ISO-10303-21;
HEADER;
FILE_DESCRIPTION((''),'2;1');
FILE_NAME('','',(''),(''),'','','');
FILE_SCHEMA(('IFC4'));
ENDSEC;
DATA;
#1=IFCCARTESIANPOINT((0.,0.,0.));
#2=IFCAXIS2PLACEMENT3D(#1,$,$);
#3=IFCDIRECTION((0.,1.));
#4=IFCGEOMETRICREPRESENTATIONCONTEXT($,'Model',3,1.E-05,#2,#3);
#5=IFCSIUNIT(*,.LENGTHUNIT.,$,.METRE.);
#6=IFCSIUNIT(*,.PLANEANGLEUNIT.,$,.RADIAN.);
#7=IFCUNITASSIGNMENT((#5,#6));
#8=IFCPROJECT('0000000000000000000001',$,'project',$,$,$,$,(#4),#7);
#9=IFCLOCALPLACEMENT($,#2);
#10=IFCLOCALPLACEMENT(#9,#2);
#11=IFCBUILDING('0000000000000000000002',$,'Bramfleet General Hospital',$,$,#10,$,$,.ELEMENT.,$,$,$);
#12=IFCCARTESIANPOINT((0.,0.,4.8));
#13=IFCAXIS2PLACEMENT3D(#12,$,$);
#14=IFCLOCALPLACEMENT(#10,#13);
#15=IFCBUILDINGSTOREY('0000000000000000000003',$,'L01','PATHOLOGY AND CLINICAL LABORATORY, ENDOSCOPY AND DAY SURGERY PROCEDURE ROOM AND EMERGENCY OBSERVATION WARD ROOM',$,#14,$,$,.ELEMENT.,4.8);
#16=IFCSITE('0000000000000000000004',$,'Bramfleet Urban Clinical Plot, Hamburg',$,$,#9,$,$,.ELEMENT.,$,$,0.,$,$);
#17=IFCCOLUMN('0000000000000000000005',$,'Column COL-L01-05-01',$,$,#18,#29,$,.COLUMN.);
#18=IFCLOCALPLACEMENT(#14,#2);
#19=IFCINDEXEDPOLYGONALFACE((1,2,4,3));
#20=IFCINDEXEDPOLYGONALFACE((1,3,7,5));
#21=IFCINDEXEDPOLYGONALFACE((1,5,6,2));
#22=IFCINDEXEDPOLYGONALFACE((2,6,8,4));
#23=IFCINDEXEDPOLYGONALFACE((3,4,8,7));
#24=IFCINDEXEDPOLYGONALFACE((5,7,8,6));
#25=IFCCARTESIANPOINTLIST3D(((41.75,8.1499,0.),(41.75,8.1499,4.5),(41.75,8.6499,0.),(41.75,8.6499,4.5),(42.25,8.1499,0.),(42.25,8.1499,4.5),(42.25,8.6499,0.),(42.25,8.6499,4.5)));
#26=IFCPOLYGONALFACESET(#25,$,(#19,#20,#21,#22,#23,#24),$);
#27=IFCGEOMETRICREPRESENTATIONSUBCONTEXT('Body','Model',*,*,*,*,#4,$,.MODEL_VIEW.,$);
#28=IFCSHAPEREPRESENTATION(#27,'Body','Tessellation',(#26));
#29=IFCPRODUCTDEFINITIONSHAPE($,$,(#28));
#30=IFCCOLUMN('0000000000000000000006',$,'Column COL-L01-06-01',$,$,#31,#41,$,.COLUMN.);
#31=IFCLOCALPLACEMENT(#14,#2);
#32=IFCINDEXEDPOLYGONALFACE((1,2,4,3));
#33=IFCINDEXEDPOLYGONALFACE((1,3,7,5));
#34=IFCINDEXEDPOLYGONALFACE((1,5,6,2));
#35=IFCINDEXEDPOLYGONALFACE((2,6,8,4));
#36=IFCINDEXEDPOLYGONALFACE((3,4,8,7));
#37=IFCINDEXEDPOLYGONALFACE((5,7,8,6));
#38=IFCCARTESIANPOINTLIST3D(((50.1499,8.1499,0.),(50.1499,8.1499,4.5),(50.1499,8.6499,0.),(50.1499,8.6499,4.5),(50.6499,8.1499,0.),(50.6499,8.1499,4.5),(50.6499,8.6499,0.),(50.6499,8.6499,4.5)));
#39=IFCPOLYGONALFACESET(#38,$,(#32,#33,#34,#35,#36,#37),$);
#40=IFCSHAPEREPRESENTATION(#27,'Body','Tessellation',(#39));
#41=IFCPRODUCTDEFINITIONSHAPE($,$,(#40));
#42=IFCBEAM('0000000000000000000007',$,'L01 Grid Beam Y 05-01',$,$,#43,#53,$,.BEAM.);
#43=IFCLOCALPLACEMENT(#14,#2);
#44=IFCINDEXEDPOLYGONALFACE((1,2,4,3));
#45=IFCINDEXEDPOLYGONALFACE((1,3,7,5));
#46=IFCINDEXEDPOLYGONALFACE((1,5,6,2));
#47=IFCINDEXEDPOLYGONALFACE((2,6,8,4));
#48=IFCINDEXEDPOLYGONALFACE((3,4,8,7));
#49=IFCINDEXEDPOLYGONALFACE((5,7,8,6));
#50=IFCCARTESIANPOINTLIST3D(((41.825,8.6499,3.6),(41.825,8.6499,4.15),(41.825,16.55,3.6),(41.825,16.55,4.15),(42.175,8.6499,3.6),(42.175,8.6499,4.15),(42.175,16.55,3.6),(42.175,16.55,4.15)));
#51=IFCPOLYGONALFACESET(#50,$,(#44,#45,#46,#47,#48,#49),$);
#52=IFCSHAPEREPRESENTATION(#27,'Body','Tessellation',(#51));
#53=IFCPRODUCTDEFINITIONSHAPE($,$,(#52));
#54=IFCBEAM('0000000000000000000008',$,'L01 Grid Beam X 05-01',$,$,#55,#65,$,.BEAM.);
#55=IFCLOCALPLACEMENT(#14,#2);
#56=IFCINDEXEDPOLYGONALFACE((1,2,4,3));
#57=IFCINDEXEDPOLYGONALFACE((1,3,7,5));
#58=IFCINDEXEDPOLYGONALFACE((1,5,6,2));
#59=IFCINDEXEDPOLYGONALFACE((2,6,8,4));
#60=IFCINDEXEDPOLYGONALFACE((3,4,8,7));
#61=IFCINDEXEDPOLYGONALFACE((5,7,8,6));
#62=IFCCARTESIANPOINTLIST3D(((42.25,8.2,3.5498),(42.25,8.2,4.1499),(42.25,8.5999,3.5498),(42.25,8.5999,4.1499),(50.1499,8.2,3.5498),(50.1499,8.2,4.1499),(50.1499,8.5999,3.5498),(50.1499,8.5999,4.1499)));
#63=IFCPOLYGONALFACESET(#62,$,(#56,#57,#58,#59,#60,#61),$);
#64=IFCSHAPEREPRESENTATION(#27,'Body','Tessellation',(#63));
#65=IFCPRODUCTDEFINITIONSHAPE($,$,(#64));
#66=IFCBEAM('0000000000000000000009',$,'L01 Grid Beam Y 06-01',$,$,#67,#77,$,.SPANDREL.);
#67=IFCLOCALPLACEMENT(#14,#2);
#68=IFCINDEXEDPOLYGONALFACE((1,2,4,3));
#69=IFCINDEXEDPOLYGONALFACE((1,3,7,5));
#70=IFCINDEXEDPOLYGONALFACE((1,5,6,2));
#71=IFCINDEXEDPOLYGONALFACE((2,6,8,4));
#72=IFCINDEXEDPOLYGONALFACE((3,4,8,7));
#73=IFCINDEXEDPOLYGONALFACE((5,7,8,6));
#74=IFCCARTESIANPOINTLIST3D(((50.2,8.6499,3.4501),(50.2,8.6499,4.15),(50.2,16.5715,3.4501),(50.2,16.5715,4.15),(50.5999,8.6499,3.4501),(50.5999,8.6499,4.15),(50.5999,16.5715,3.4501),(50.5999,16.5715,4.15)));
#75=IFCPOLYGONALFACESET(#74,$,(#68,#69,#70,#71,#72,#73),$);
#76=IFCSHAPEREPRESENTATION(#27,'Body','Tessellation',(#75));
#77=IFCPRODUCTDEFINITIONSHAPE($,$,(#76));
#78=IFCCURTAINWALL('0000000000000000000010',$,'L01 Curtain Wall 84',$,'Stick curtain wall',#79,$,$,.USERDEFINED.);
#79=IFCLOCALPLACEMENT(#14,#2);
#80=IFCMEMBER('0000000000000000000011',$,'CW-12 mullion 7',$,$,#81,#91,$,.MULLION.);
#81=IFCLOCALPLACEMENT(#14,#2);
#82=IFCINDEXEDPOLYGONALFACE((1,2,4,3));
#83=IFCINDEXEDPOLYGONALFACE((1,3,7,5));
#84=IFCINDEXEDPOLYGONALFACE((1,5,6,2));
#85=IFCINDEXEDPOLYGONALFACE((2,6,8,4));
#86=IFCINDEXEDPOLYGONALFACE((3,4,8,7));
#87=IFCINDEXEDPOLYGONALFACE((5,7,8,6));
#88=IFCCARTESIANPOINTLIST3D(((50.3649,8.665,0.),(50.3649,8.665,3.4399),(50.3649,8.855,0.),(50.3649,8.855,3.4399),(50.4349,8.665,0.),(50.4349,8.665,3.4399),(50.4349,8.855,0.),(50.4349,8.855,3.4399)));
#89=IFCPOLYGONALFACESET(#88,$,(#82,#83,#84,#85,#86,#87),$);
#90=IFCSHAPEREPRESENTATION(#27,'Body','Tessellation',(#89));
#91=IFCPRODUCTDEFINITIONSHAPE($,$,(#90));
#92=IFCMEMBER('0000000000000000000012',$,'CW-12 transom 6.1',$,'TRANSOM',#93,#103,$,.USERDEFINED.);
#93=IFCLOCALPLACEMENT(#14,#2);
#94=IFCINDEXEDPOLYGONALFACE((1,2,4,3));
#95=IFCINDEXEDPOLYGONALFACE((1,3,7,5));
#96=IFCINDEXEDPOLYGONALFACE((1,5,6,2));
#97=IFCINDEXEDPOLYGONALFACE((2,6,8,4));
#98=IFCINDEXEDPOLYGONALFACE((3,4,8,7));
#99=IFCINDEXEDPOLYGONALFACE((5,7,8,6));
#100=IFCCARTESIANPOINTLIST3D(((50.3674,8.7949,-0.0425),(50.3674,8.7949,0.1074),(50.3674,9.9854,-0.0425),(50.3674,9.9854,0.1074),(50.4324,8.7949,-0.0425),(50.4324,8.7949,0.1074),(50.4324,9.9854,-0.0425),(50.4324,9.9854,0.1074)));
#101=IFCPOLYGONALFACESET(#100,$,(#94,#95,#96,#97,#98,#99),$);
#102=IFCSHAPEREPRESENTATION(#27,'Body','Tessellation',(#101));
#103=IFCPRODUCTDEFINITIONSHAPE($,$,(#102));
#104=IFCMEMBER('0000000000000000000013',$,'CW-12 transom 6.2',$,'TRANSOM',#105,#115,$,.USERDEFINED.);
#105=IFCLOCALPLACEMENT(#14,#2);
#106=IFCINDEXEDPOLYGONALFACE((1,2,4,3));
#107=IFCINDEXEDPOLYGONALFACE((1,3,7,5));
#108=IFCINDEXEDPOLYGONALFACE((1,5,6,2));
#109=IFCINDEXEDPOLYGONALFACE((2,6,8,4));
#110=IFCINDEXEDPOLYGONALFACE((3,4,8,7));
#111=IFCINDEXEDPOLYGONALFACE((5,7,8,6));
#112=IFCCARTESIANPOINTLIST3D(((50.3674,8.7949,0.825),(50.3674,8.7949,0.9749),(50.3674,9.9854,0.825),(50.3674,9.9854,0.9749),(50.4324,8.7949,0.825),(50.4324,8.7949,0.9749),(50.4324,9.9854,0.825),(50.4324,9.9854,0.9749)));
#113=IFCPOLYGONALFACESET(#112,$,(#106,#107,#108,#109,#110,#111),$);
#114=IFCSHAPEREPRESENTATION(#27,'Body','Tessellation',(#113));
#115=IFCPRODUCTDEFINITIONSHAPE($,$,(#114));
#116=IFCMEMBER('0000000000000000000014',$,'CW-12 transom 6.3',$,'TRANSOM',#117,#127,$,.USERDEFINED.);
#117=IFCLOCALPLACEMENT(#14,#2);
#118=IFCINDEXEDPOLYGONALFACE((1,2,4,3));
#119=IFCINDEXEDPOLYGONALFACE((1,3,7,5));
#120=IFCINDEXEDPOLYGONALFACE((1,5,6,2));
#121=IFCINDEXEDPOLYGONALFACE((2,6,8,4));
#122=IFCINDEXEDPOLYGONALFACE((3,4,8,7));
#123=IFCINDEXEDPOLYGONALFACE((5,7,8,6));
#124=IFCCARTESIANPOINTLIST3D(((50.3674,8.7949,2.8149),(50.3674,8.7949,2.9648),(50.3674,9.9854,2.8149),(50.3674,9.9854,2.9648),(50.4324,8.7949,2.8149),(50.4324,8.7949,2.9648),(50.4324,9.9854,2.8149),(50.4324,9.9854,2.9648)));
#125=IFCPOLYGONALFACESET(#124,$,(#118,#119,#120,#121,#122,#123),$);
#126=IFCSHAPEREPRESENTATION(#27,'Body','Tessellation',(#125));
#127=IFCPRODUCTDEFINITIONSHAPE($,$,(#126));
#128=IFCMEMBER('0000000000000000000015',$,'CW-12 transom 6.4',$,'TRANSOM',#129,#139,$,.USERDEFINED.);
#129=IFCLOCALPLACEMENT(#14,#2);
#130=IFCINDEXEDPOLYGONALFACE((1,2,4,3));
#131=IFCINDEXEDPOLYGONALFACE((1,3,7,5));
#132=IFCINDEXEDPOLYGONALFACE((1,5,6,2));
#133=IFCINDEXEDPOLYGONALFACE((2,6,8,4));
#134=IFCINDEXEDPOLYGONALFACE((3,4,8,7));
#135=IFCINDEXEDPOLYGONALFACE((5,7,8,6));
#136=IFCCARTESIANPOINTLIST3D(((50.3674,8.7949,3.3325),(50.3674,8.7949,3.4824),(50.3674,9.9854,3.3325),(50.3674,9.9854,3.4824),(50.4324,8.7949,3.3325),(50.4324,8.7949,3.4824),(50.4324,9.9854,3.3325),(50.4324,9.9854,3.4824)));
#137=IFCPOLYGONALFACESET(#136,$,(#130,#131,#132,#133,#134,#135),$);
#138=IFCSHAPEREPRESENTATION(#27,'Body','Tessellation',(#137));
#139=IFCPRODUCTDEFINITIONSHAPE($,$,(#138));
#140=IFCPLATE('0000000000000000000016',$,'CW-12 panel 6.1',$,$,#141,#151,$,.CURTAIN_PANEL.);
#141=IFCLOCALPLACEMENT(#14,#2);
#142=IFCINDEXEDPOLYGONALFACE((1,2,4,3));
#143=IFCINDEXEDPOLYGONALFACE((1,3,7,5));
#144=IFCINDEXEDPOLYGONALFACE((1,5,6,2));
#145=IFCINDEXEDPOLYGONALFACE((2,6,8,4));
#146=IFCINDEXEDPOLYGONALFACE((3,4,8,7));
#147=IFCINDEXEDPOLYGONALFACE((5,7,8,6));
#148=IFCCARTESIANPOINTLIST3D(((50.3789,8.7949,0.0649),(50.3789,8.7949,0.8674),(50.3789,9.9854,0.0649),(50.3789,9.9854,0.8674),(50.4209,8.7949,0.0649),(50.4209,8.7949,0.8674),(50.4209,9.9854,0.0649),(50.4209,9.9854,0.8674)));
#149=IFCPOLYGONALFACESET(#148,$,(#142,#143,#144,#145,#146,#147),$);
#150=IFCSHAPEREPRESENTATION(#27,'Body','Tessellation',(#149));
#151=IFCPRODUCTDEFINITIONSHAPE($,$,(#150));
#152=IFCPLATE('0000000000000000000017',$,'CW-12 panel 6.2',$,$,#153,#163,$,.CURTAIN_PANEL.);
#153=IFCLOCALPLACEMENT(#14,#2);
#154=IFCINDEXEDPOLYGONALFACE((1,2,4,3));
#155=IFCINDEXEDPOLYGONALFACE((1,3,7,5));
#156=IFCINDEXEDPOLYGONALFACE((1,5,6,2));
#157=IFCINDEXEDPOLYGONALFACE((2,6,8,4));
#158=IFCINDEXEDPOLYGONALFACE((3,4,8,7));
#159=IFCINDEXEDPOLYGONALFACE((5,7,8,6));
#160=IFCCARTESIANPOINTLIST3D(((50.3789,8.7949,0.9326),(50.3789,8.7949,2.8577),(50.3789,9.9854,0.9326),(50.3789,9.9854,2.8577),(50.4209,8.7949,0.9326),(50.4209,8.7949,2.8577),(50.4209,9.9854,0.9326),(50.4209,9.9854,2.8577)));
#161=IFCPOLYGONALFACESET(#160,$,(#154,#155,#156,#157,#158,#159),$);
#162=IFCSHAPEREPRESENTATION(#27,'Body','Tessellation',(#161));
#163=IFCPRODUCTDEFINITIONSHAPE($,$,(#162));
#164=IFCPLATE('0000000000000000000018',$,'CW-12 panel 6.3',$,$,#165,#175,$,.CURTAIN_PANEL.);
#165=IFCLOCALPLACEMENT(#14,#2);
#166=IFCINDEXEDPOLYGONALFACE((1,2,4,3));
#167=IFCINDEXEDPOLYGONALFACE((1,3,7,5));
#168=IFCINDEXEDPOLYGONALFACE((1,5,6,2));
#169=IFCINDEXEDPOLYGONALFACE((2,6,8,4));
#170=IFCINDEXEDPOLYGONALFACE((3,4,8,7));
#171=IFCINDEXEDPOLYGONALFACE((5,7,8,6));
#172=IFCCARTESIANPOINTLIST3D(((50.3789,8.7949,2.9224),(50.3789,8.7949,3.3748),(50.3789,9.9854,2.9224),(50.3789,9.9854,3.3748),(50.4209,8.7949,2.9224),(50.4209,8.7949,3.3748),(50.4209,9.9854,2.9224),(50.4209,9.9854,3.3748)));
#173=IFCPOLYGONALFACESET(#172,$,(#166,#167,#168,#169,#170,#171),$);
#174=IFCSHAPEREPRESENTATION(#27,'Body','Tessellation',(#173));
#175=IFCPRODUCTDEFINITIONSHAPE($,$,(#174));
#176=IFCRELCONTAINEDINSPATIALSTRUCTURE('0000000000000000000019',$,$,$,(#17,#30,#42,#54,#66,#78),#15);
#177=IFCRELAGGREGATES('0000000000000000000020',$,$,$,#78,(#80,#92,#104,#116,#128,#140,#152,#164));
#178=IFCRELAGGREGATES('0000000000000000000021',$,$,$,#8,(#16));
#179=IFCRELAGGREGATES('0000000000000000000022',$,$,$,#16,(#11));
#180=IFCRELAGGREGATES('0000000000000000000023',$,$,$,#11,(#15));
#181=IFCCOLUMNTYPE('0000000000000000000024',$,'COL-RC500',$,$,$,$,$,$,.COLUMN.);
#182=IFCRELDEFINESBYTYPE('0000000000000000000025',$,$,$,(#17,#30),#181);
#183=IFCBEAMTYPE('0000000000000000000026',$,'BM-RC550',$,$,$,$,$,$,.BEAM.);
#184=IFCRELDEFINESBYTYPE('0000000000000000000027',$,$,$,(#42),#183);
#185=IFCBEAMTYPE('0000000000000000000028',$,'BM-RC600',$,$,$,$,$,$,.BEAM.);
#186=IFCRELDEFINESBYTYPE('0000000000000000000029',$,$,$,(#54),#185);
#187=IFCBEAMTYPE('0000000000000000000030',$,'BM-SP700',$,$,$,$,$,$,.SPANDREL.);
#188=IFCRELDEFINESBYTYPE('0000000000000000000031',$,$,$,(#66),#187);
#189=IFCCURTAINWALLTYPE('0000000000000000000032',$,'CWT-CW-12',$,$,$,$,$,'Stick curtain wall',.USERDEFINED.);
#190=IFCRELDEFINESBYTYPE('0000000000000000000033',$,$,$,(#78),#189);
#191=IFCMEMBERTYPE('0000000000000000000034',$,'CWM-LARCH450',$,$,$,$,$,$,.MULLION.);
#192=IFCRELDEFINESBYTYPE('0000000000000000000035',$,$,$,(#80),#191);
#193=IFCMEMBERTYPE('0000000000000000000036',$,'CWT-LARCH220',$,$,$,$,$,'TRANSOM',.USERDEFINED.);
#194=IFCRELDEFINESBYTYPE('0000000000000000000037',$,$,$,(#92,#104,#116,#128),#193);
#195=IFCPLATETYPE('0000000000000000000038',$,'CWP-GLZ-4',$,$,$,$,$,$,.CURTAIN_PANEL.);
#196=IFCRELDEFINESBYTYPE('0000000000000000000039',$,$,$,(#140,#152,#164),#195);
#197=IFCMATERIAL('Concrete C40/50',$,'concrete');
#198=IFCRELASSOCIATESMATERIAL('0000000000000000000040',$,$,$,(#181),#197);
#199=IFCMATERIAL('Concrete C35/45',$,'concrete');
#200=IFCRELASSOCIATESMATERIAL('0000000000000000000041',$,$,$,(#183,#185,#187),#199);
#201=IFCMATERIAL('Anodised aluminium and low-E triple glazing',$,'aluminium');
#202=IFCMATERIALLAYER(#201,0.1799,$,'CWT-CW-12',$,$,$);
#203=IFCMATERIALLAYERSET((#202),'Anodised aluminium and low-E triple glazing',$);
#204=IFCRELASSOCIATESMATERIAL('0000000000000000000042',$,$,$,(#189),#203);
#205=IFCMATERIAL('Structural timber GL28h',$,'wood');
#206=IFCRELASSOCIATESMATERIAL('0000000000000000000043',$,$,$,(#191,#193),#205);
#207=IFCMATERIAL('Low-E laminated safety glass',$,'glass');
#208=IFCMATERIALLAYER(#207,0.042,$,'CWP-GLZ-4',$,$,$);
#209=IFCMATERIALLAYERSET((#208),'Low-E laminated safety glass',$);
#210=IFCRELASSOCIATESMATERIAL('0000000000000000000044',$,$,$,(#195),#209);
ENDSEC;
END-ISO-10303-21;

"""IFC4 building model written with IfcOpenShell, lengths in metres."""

from ifc_helpers import new_model, si_unit, direction, frame, origin, origin_2d, place, context, subcontext, project, spatial, rectangle, extrude, material, layer, layer_set, material_profile, profile_set, type_object, element, aggregate, save


model = new_model("IFC4")

# Units and contexts
model_context = context("Model", 3, precision=1e-05, world=origin(), true_north=direction((0.0, 1.0)))
body_context = subcontext(model_context, "Body", "Model", "MODEL_VIEW")
ifc_project = project(units=[si_unit("LENGTHUNIT", "METRE"), si_unit("PLANEANGLEUNIT", "RADIAN")], contexts=[model_context])

# Site, building, storey
site_placement = place(None, origin())
site = spatial("IfcSite", under=ifc_project, at=site_placement, Name="Bramfleet Urban Clinical Plot, Hamburg", CompositionType="ELEMENT", RefElevation=0.0)
building_placement = place(site_placement, origin())
building = spatial("IfcBuilding", under=site, at=building_placement, Name="Bramfleet General Hospital", CompositionType="ELEMENT")
storey_placement = place(building_placement, frame((0.0, 0.0, 4.8)))
storey = spatial("IfcBuildingStorey", under=building, at=storey_placement, Name="L01", Description="PATHOLOGY AND CLINICAL LABORATORY, ENDOSCOPY AND DAY SURGERY PROCEDURE ROOM AND EMERGENCY OBSERVATION WARD ROOM", CompositionType="ELEMENT", Elevation=4.8)

# Columns
ifc_material_1 = material(Name="Concrete C40/50", Category="concrete")
ifc_material_profile_1 = material_profile(ifc_material_1, rectangle(XDim=0.5, YDim=0.5, at=origin_2d()), Name="RC COL 500x500")
ifc_profile_set_1 = profile_set([ifc_material_profile_1], Name="Concrete C40/50")
column_type = type_object("IfcColumnType", Name="COL-RC500", PredefinedType="COLUMN", material=ifc_profile_set_1)
for number, where, z_axis, x_axis, name in (
    (1, (42.0, 8.3999, 0.0), (0.0, 0.0, 1.0), (1.0, 0.0, 0.0), "Column COL-L01-05-01"),
    (2, (50.3999, 8.3999, 0.0), (0.0, 0.0, 1.0), (1.0, 0.0, 0.0), "Column COL-L01-06-01"),
):
    element("IfcColumn", number, at=place(storey_placement, frame(where, z_axis=z_axis, x_axis=x_axis)), inside=storey, type_object=column_type, Name=name, PredefinedType="COLUMN", context=body_context, shape_type="SweptSolid", body=[
        extrude(rectangle(XDim=0.5, YDim=0.5, at=origin_2d()), origin(), (0.0, 0.0, 1.0), 4.5),
    ])

# Beams
ifc_material_2 = material(Name="Concrete C35/45", Category="concrete")
ifc_material_profile_2 = material_profile(ifc_material_2, rectangle(XDim=0.3501, YDim=0.55, at=origin_2d()), Name="RC BM 550x350")
ifc_profile_set_2 = profile_set([ifc_material_profile_2], Name="Concrete C35/45")
beam_type_1 = type_object("IfcBeamType", Name="BM-RC550", PredefinedType="BEAM", material=ifc_profile_set_2)
beam_1_placement = place(storey_placement, frame((42.0, 8.6499, 3.875), z_axis=(0.0, 1.0, 0.0), x_axis=(-1.0, 0.0, 0.0)))
element("IfcBeam", 3, at=beam_1_placement, inside=storey, type_object=beam_type_1, Name="L01 Grid Beam Y 05-01", PredefinedType="BEAM", context=body_context, shape_type="SweptSolid", body=[
    extrude(rectangle(XDim=0.3501, YDim=0.55, at=origin_2d()), origin(), (0.0, 0.0, 1.0), 7.9001),
])
ifc_material_profile_3 = material_profile(ifc_material_2, rectangle(XDim=0.3999, YDim=0.6001, at=origin_2d()), Name="RC BM 600x400")
ifc_profile_set_3 = profile_set([ifc_material_profile_3], Name="Concrete C35/45")
beam_type_2 = type_object("IfcBeamType", Name="BM-RC600", PredefinedType="BEAM", material=ifc_profile_set_3)
beam_2_placement = place(storey_placement, frame((42.25, 8.3999, 3.8499), z_axis=(1.0, 0.0, 0.0), x_axis=(0.0, 1.0, 0.0)))
element("IfcBeam", 4, at=beam_2_placement, inside=storey, type_object=beam_type_2, Name="L01 Grid Beam X 05-01", PredefinedType="BEAM", context=body_context, shape_type="SweptSolid", body=[
    extrude(rectangle(XDim=0.3999, YDim=0.6001, at=origin_2d()), origin(), (0.0, 0.0, 1.0), 7.8999),
])
ifc_material_profile_4 = material_profile(ifc_material_2, rectangle(XDim=0.3999, YDim=0.7, at=origin_2d()), Name="RC SP 700x400")
ifc_profile_set_4 = profile_set([ifc_material_profile_4], Name="Concrete C35/45")
beam_type_3 = type_object("IfcBeamType", Name="BM-SP700", PredefinedType="SPANDREL", material=ifc_profile_set_4)
beam_3_placement = place(storey_placement, frame((50.3999, 8.6499, 3.8), z_axis=(0.0, 1.0, 0.0), x_axis=(-1.0, 0.0, 0.0)))
element("IfcBeam", 5, at=beam_3_placement, inside=storey, type_object=beam_type_3, Name="L01 Grid Beam Y 06-01", PredefinedType="SPANDREL", context=body_context, shape_type="SweptSolid", body=[
    extrude(rectangle(XDim=0.3999, YDim=0.7, at=origin_2d()), origin(), (0.0, 0.0, 1.0), 7.9216),
])

# Curtain wall, members, plates
ifc_material_3 = material(Name="Anodised aluminium and low-E triple glazing", Category="aluminium")
ifc_layer_1 = layer(ifc_material_3, 0.1799, Name="CWT-CW-12")
ifc_layer_set_1 = layer_set([ifc_layer_1], Name="Anodised aluminium and low-E triple glazing")
curtain_wall_type = type_object("IfcCurtainWallType", Name="CWT-CW-12", ElementType="Stick curtain wall", PredefinedType="USERDEFINED", material=ifc_layer_set_1)
curtain_wall_placement = place(storey_placement, origin())
curtain_wall = element("IfcCurtainWall", 6, at=curtain_wall_placement, inside=storey, type_object=curtain_wall_type, Name="L01 Curtain Wall 84", ObjectType="Stick curtain wall", PredefinedType="USERDEFINED")
ifc_material_4 = material(Name="Structural timber GL28h", Category="wood")
ifc_material_profile_5 = material_profile(ifc_material_4, rectangle(XDim=0.0701, YDim=0.1899, at=origin_2d()), Name="LARCH 190x70")
ifc_profile_set_5 = profile_set([ifc_material_profile_5], Name="Structural timber GL28h")
member_type_1 = type_object("IfcMemberType", Name="CWM-LARCH450", PredefinedType="MULLION", material=ifc_profile_set_5)
member_1_placement = place(storey_placement, frame((50.3999, 8.76, 0.0), z_axis=(0.0, 0.0, 1.0), x_axis=(1.0, 0.0, 0.0)))
member_1 = element("IfcMember", 7, at=member_1_placement, type_object=member_type_1, Name="CW-12 mullion 7", PredefinedType="MULLION", context=body_context, shape_type="SweptSolid", body=[
    extrude(rectangle(XDim=0.0701, YDim=0.1899, at=origin_2d()), origin(), (0.0, 0.0, 1.0), 3.4399),
])
ifc_material_profile_6 = material_profile(ifc_material_4, rectangle(XDim=0.0649, YDim=0.1499, at=origin_2d()), Name="LARCH 150x65")
ifc_profile_set_6 = profile_set([ifc_material_profile_6], Name="Structural timber GL28h")
member_type_2 = type_object("IfcMemberType", Name="CWT-LARCH220", ElementType="TRANSOM", PredefinedType="USERDEFINED", material=ifc_profile_set_6)
member_2_placement = place(storey_placement, frame((50.3999, 9.9854, 0.0325), z_axis=(0.0, -1.0, 0.0), x_axis=(1.0, 0.0, 0.0)))
member_2 = element("IfcMember", 8, at=member_2_placement, type_object=member_type_2, Name="CW-12 transom 6.1", ObjectType="TRANSOM", PredefinedType="USERDEFINED", context=body_context, shape_type="SweptSolid", body=[
    extrude(rectangle(XDim=0.0649, YDim=0.1499, at=origin_2d()), origin(), (0.0, 0.0, 1.0), 1.1904),
])
member_3_placement = place(storey_placement, frame((50.3999, 9.9854, 0.8999), z_axis=(0.0, -1.0, 0.0), x_axis=(1.0, 0.0, 0.0)))
member_3 = element("IfcMember", 9, at=member_3_placement, type_object=member_type_2, Name="CW-12 transom 6.2", ObjectType="TRANSOM", PredefinedType="USERDEFINED", context=body_context, shape_type="SweptSolid", body=[
    extrude(rectangle(XDim=0.0649, YDim=0.1499, at=origin_2d()), origin(), (0.0, 0.0, 1.0), 1.1904),
])
member_4_placement = place(storey_placement, frame((50.3999, 9.9854, 2.8899), z_axis=(0.0, -1.0, 0.0), x_axis=(1.0, 0.0, 0.0)))
member_4 = element("IfcMember", 10, at=member_4_placement, type_object=member_type_2, Name="CW-12 transom 6.3", ObjectType="TRANSOM", PredefinedType="USERDEFINED", context=body_context, shape_type="SweptSolid", body=[
    extrude(rectangle(XDim=0.0649, YDim=0.1499, at=origin_2d()), origin(), (0.0, 0.0, 1.0), 1.1904),
])
member_5_placement = place(storey_placement, frame((50.3999, 9.9854, 3.4075), z_axis=(0.0, -1.0, 0.0), x_axis=(1.0, 0.0, 0.0)))
member_5 = element("IfcMember", 11, at=member_5_placement, type_object=member_type_2, Name="CW-12 transom 6.4", ObjectType="TRANSOM", PredefinedType="USERDEFINED", context=body_context, shape_type="SweptSolid", body=[
    extrude(rectangle(XDim=0.0649, YDim=0.1499, at=origin_2d()), origin(), (0.0, 0.0, 1.0), 1.1904),
])
ifc_material_5 = material(Name="Low-E laminated safety glass", Category="glass")
ifc_layer_2 = layer(ifc_material_5, 0.042, Name="CWP-GLZ-4")
ifc_layer_set_2 = layer_set([ifc_layer_2], Name="Low-E laminated safety glass")
plate_type = type_object("IfcPlateType", Name="CWP-GLZ-4", PredefinedType="CURTAIN_PANEL", material=ifc_layer_set_2)
plate_1_placement = place(storey_placement, frame((50.3999, 9.3901, 0.0649), z_axis=(0.0, 0.0, 1.0), x_axis=(0.0, -1.0, 0.0)))
plate_1 = element("IfcPlate", 12, at=plate_1_placement, type_object=plate_type, Name="CW-12 panel 6.1", PredefinedType="CURTAIN_PANEL", context=body_context, shape_type="SweptSolid", body=[
    extrude(rectangle(XDim=1.1904, YDim=0.042, at=origin_2d()), origin(), (0.0, 0.0, 1.0), 0.8025),
])
plate_2_placement = place(storey_placement, frame((50.3999, 9.3901, 0.9326), z_axis=(0.0, 0.0, 1.0), x_axis=(0.0, -1.0, 0.0)))
plate_2 = element("IfcPlate", 13, at=plate_2_placement, type_object=plate_type, Name="CW-12 panel 6.2", PredefinedType="CURTAIN_PANEL", context=body_context, shape_type="SweptSolid", body=[
    extrude(rectangle(XDim=1.1904, YDim=0.042, at=origin_2d()), origin(), (0.0, 0.0, 1.0), 1.925),
])
plate_3_placement = place(storey_placement, frame((50.3999, 9.3901, 2.9224), z_axis=(0.0, 0.0, 1.0), x_axis=(0.0, -1.0, 0.0)))
plate_3 = element("IfcPlate", 14, at=plate_3_placement, type_object=plate_type, Name="CW-12 panel 6.3", PredefinedType="CURTAIN_PANEL", context=body_context, shape_type="SweptSolid", body=[
    extrude(rectangle(XDim=1.1904, YDim=0.042, at=origin_2d()), origin(), (0.0, 0.0, 1.0), 0.4524),
])
aggregate(curtain_wall, [member_1, member_2, member_3, member_4, member_5, plate_1, plate_2, plate_3])

save(model, "model.ifc")
